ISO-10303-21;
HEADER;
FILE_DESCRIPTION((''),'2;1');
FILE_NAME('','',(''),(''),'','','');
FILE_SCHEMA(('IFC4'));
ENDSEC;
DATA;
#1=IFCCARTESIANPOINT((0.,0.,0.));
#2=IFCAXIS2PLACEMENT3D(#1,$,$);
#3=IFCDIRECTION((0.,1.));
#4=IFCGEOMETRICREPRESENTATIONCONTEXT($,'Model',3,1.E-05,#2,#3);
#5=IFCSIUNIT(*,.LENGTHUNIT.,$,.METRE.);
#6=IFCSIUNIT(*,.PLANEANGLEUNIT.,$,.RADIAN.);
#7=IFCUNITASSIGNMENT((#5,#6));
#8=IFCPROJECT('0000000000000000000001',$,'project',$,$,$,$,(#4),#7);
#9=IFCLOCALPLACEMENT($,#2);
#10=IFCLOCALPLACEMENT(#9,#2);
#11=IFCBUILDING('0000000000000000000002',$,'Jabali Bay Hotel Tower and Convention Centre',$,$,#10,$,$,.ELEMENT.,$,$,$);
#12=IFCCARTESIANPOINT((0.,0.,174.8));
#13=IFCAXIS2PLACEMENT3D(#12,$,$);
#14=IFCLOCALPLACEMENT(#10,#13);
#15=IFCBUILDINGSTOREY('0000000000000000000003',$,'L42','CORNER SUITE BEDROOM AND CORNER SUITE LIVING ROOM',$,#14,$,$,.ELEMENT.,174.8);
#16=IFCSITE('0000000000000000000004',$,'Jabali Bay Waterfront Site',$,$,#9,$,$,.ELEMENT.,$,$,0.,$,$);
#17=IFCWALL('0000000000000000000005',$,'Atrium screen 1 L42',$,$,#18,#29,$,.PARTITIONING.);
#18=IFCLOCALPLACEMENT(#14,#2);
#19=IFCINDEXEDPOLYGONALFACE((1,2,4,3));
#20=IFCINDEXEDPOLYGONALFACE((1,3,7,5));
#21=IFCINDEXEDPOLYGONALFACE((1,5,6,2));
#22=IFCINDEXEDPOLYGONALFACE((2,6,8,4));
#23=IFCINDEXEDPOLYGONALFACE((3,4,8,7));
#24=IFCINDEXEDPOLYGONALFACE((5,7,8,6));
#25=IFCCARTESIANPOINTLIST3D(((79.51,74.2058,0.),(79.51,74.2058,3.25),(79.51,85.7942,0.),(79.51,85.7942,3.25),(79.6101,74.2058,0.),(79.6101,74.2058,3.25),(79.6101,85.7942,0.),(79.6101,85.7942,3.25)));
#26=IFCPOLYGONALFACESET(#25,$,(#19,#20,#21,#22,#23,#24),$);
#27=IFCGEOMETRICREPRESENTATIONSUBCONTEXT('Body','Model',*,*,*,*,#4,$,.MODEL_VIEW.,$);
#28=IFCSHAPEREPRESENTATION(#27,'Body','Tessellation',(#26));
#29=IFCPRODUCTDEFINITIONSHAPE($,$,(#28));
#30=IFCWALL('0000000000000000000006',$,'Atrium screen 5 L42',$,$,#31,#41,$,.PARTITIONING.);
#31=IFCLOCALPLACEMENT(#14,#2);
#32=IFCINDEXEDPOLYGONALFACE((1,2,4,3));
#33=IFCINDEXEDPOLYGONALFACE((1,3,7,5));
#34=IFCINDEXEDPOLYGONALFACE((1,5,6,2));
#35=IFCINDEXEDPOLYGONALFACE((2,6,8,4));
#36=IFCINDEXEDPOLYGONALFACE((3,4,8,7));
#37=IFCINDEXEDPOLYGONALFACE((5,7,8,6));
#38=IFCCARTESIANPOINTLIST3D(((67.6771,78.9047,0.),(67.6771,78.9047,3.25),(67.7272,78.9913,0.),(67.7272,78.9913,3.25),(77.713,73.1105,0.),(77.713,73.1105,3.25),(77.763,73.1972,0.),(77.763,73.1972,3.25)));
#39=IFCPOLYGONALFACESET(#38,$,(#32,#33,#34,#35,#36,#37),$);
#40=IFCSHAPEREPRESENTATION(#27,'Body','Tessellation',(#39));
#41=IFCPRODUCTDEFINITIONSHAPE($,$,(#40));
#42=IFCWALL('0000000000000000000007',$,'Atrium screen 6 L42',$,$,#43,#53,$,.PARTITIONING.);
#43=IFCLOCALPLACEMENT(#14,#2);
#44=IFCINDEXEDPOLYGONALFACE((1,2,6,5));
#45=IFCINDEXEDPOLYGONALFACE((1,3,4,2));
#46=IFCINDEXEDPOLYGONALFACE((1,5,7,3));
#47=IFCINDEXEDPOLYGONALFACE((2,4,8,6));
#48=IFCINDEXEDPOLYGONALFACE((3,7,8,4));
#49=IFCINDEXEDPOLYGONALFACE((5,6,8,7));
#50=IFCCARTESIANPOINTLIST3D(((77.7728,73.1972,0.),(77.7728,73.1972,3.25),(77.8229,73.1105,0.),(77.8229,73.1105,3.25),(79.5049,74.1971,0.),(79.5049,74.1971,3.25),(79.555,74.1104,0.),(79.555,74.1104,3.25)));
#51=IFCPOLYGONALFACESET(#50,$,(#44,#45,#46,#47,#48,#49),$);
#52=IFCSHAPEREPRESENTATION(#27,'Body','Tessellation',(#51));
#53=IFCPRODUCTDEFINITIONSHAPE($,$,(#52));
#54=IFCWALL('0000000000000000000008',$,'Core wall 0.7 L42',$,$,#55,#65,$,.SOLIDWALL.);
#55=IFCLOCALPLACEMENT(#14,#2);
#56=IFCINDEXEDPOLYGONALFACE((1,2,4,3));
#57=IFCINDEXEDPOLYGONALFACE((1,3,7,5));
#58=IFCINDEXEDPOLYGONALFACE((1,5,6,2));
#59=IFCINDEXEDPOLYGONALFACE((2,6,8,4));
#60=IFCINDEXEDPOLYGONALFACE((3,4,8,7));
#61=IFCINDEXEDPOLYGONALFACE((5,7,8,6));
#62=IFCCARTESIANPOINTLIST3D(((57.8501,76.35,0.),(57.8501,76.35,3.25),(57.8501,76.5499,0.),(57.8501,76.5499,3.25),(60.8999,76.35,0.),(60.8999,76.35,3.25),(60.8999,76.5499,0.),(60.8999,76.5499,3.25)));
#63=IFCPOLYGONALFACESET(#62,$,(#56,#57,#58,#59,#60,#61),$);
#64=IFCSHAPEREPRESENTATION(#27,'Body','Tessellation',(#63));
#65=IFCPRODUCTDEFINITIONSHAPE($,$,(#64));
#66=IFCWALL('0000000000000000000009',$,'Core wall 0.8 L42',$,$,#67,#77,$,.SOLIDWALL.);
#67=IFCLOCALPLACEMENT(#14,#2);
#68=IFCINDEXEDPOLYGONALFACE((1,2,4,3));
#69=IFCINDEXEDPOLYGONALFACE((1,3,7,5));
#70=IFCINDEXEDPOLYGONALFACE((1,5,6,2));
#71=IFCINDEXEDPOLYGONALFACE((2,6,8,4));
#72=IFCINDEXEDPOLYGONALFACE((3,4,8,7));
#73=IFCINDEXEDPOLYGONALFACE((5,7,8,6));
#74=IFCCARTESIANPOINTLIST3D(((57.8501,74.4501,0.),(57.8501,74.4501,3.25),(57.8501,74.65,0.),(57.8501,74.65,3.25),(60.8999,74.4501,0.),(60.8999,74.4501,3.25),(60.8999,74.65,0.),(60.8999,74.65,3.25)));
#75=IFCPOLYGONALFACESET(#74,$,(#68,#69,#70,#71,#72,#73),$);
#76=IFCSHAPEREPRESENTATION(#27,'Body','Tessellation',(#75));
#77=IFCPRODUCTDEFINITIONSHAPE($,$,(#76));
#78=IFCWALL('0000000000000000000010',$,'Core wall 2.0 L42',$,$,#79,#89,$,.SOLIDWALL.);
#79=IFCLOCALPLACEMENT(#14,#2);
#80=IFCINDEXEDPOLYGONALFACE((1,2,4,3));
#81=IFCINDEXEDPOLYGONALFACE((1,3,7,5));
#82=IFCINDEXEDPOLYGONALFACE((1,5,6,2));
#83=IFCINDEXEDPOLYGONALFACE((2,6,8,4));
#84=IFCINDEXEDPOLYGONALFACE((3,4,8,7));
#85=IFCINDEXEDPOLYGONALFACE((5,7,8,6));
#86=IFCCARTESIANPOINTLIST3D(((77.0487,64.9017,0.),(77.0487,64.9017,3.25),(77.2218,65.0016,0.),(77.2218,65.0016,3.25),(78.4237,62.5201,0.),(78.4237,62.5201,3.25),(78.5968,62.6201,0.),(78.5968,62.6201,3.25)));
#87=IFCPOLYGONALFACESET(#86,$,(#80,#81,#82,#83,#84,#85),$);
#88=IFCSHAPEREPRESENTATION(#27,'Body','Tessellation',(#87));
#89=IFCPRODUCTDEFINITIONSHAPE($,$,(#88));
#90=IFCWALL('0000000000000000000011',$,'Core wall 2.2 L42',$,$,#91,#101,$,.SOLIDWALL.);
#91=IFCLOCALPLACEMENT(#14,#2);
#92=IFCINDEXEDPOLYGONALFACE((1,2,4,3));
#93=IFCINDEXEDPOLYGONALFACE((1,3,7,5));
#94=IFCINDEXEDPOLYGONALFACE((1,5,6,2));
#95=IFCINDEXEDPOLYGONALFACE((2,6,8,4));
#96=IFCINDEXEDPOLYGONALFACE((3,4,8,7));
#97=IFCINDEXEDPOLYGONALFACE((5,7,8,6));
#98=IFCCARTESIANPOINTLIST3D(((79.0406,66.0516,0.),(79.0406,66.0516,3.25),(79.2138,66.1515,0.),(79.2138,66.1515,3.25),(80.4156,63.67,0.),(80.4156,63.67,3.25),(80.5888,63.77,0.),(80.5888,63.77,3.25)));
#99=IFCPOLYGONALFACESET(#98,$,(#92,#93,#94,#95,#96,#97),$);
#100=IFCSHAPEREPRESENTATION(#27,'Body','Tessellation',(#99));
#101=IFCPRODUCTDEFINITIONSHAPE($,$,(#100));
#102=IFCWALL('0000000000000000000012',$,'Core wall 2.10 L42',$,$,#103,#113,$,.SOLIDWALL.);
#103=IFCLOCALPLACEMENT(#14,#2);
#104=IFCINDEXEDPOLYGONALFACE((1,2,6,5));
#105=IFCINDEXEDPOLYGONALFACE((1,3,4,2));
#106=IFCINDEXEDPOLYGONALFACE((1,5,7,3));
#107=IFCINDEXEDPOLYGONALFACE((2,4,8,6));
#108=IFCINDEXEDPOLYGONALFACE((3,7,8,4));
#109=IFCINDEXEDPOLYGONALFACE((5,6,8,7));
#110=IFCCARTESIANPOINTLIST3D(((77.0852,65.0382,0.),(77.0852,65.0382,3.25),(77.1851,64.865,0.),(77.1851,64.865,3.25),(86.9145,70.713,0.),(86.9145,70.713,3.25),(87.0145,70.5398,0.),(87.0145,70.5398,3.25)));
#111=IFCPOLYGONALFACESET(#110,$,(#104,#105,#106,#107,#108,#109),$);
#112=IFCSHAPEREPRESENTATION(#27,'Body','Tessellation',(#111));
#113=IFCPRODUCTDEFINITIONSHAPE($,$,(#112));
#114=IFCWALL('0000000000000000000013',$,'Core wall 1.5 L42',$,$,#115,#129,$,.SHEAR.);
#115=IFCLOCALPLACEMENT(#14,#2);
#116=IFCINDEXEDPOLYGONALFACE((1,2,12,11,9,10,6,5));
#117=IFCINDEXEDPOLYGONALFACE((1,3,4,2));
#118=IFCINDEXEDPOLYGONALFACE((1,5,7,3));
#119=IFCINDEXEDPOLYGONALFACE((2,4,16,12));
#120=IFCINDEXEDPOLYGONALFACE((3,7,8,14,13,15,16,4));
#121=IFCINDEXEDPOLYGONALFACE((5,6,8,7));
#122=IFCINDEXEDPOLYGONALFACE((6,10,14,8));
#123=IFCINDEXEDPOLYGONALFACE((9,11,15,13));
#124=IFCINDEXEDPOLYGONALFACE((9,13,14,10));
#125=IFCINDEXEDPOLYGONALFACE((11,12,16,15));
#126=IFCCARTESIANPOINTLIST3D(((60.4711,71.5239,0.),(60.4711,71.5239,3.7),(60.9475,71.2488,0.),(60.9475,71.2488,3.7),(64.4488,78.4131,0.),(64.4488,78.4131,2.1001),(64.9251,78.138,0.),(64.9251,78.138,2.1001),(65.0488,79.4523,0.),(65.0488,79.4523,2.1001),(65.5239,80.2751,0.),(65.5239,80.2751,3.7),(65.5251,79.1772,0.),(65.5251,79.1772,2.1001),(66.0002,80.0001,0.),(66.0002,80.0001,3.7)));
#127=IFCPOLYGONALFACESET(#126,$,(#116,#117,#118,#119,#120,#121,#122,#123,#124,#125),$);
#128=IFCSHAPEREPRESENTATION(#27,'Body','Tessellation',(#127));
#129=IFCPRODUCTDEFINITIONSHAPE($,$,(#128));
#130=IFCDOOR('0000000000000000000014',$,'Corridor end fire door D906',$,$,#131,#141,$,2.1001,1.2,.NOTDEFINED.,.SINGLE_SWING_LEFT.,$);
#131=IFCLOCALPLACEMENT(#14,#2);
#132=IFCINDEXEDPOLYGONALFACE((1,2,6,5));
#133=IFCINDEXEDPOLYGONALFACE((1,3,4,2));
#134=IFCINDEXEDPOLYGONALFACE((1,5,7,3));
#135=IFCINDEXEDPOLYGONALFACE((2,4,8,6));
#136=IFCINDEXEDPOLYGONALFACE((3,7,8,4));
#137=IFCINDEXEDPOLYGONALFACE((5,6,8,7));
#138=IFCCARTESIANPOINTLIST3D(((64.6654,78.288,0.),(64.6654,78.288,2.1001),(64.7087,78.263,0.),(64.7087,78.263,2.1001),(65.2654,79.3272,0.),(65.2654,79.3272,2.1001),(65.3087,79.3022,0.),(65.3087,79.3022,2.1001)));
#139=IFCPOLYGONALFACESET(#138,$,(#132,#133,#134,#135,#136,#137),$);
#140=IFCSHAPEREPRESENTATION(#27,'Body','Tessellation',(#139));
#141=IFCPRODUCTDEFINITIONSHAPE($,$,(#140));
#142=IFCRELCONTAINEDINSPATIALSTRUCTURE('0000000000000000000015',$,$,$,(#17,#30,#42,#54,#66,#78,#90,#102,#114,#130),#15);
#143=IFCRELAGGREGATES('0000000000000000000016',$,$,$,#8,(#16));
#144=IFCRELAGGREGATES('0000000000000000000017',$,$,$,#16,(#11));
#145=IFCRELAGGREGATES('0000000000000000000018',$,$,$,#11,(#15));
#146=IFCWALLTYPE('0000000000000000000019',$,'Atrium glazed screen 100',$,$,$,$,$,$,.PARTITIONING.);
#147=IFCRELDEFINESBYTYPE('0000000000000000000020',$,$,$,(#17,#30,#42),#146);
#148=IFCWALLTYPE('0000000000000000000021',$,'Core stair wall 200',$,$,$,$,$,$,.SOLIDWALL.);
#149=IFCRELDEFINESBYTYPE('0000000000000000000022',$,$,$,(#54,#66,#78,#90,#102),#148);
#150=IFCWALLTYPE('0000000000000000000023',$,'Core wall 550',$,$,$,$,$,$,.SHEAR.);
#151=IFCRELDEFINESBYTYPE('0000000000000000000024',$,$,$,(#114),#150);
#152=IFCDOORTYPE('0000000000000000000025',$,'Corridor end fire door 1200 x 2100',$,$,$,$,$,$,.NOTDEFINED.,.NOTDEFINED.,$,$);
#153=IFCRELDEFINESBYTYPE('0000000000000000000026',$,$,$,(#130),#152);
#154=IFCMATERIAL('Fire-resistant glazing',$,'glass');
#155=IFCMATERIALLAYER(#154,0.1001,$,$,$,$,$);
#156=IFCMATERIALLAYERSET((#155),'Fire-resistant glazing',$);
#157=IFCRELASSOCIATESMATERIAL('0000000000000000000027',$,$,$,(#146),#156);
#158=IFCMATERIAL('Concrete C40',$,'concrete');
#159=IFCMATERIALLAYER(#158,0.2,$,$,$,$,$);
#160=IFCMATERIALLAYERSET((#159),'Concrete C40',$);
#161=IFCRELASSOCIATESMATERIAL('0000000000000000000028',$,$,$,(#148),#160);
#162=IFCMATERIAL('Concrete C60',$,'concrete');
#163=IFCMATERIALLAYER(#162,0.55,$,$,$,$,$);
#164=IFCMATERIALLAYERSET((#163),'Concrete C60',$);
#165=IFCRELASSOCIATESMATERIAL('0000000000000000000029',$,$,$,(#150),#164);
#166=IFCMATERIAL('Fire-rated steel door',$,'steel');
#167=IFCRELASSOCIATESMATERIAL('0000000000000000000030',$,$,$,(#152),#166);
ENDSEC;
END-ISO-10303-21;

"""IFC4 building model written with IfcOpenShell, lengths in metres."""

from ifc_helpers import new_model, si_unit, direction, frame, frame_2d, origin, place, context, subcontext, project, spatial, rectangle, extrude, material, layer, layer_set, type_object, element, fill, save


model = new_model("IFC4")

# Units and contexts
model_context = context("Model", 3, precision=1e-05, world=origin(), true_north=direction((0.0, 1.0)))
body_context = subcontext(model_context, "Body", "Model", "MODEL_VIEW")
ifc_project = project(units=[si_unit("LENGTHUNIT", "METRE"), si_unit("PLANEANGLEUNIT", "RADIAN")], contexts=[model_context])

# Site, building, storey
site_placement = place(None, origin())
site = spatial("IfcSite", under=ifc_project, at=site_placement, Name="Jabali Bay Waterfront Site", CompositionType="ELEMENT", RefElevation=0.0)
building_placement = place(site_placement, origin())
building = spatial("IfcBuilding", under=site, at=building_placement, Name="Jabali Bay Hotel Tower and Convention Centre", CompositionType="ELEMENT")
storey_placement = place(building_placement, frame((0.0, 0.0, 174.8)))
storey = spatial("IfcBuildingStorey", under=building, at=storey_placement, Name="L42", Description="CORNER SUITE BEDROOM AND CORNER SUITE LIVING ROOM", CompositionType="ELEMENT", Elevation=174.8)

# Walls
ifc_material_1 = material(Name="Fire-resistant glazing", Category="glass")
ifc_layer_1 = layer(ifc_material_1, 0.1001)
ifc_layer_set_1 = layer_set([ifc_layer_1], Name="Fire-resistant glazing")
wall_type_1 = type_object("IfcWallType", Name="Atrium glazed screen 100", PredefinedType="PARTITIONING", material=ifc_layer_set_1)
for number, where, z_axis, x_axis, name in (
    (1, (79.5601, 74.2058, 0.0), (0.0, 0.0, 1.0), (0.0, 1.0, 0.0), "Atrium screen 1 L42"),
    (2, (67.7021, 78.948, 0.0), (0.0, 0.0, 1.0), (0.866027, -0.499998, 0.0), "Atrium screen 5 L42"),
):
    element("IfcWall", number, at=place(storey_placement, frame(where, z_axis=z_axis, x_axis=x_axis)), inside=storey, type_object=wall_type_1, Name=name, PredefinedType="PARTITIONING", context=body_context, shape_type="SweptSolid", body=[
        extrude(rectangle(XDim=11.5884, YDim=0.1001, at=frame_2d((5.7942, 0.0))), origin(), (0.0, 0.0, 1.0), 3.25),
    ])
wall_1_placement = place(storey_placement, frame((77.7979, 73.1538, 0.0), z_axis=(0.0, 0.0, 1.0), x_axis=(0.866041, 0.499973, 0.0)))
element("IfcWall", 3, at=wall_1_placement, inside=storey, type_object=wall_type_1, Name="Atrium screen 6 L42", PredefinedType="PARTITIONING", context=body_context, shape_type="SweptSolid", body=[
    extrude(rectangle(XDim=2.0, YDim=0.1001, at=frame_2d((1.0, 0.0))), origin(), (0.0, 0.0, 1.0), 3.25),
])
ifc_material_2 = material(Name="Concrete C40", Category="concrete")
ifc_layer_2 = layer(ifc_material_2, 0.2)
ifc_layer_set_2 = layer_set([ifc_layer_2], Name="Concrete C40")
wall_type_2 = type_object("IfcWallType", Name="Core stair wall 200", PredefinedType="SOLIDWALL", material=ifc_layer_set_2)
for number, where, z_axis, x_axis, name in (
    (4, (60.8999, 76.45, 0.0), (0.0, 0.0, 1.0), (-1.0, 0.0, 0.0), "Core wall 0.7 L42"),
    (5, (60.8999, 74.55, 0.0), (0.0, 0.0, 1.0), (-1.0, 0.0, 0.0), "Core wall 0.8 L42"),
):
    element("IfcWall", number, at=place(storey_placement, frame(where, z_axis=z_axis, x_axis=x_axis)), inside=storey, type_object=wall_type_2, Name=name, PredefinedType="SOLIDWALL", context=body_context, shape_type="SweptSolid", body=[
        extrude(rectangle(XDim=3.0498, YDim=0.2, at=frame_2d((1.5249, 0.0))), origin(), (0.0, 0.0, 1.0), 3.25),
    ])
for number, where, z_axis, x_axis, name in (
    (6, (77.1353, 64.9517, 0.0), (0.0, 0.0, 1.0), (0.499997, -0.866027, 0.0), "Core wall 2.0 L42"),
    (7, (79.1272, 66.1016, 0.0), (0.0, 0.0, 1.0), (0.499997, -0.866027, 0.0), "Core wall 2.2 L42"),
):
    element("IfcWall", number, at=place(storey_placement, frame(where, z_axis=z_axis, x_axis=x_axis)), inside=storey, type_object=wall_type_2, Name=name, PredefinedType="SOLIDWALL", context=body_context, shape_type="SweptSolid", body=[
        extrude(rectangle(XDim=2.75, YDim=0.2, at=frame_2d((1.375, 0.0))), origin(), (0.0, 0.0, 1.0), 3.25),
    ])
wall_2_placement = place(storey_placement, frame((77.1353, 64.9517, 0.0), z_axis=(0.0, 0.0, 1.0), x_axis=(0.866032, 0.499989, 0.0)))
element("IfcWall", 8, at=wall_2_placement, inside=storey, type_object=wall_type_2, Name="Core wall 2.10 L42", PredefinedType="SOLIDWALL", context=body_context, shape_type="SweptSolid", body=[
    extrude(rectangle(XDim=11.3499, YDim=0.2, at=frame_2d((5.6748, 0.0))), origin(), (0.0, 0.0, 1.0), 3.25),
])

# Wall, opening, door
ifc_material_3 = material(Name="Concrete C60", Category="concrete")
ifc_layer_3 = layer(ifc_material_3, 0.55)
ifc_layer_set_3 = layer_set([ifc_layer_3], Name="Concrete C60")
wall_type_3 = type_object("IfcWallType", Name="Core wall 550", PredefinedType="SHEAR", material=ifc_layer_set_3)
wall_3_placement = place(storey_placement, frame((60.7092, 71.3862, 0.0), z_axis=(0.0, 0.0, 1.0), x_axis=(0.500016, 0.866016, 0.0)))
wall_3 = element("IfcWall", 9, at=wall_3_placement, inside=storey, type_object=wall_type_3, Name="Core wall 1.5 L42", PredefinedType="SHEAR", context=body_context, shape_type="SweptSolid", body=[
    extrude(rectangle(XDim=10.1052, YDim=0.55, at=frame_2d((5.0527, 0.0))), origin(), (0.0, 0.0, 1.0), 3.7),
])
opening_1_placement = place(wall_3_placement, frame((7.9551, 0.0, 0.0)))
opening_1 = element("IfcOpeningElement", 10, at=opening_1_placement, cuts=wall_3, PredefinedType="OPENING", context=body_context, shape_type="SweptSolid", body=[
    extrude(rectangle(XDim=1.2, YDim=2.1001, at=frame_2d((0.6001, 1.05))), frame((0.0, 0.2856, 0.0), z_axis=(0.0, -1.0, 0.0), x_axis=(1.0, 0.0, 0.0)), (0.0, 0.0, 1.0), 0.571),
])
ifc_material_4 = material(Name="Fire-rated steel door", Category="steel")
door_type_1 = type_object("IfcDoorType", Name="Corridor end fire door 1200 x 2100", OperationType="NOTDEFINED", PredefinedType="NOTDEFINED", material=ifc_material_4)
door_1_placement = place(opening_1_placement, origin())
door_1 = element("IfcDoor", 11, at=door_1_placement, inside=storey, type_object=door_type_1, Name="Corridor end fire door D906", OperationType="SINGLE_SWING_LEFT", OverallHeight=2.1001, OverallWidth=1.2, PredefinedType="NOTDEFINED", context=body_context, shape_type="SweptSolid", body=[
    extrude(rectangle(XDim=1.2, YDim=2.1001, at=frame_2d((0.6001, 1.05))), frame((0.0, 0.0249, 0.0), z_axis=(0.0, -1.0, 0.0), x_axis=(1.0, 0.0, 0.0)), (0.0, 0.0, 1.0), 0.05),
])
fill(opening_1, door_1)

save(model, "model.ifc")
